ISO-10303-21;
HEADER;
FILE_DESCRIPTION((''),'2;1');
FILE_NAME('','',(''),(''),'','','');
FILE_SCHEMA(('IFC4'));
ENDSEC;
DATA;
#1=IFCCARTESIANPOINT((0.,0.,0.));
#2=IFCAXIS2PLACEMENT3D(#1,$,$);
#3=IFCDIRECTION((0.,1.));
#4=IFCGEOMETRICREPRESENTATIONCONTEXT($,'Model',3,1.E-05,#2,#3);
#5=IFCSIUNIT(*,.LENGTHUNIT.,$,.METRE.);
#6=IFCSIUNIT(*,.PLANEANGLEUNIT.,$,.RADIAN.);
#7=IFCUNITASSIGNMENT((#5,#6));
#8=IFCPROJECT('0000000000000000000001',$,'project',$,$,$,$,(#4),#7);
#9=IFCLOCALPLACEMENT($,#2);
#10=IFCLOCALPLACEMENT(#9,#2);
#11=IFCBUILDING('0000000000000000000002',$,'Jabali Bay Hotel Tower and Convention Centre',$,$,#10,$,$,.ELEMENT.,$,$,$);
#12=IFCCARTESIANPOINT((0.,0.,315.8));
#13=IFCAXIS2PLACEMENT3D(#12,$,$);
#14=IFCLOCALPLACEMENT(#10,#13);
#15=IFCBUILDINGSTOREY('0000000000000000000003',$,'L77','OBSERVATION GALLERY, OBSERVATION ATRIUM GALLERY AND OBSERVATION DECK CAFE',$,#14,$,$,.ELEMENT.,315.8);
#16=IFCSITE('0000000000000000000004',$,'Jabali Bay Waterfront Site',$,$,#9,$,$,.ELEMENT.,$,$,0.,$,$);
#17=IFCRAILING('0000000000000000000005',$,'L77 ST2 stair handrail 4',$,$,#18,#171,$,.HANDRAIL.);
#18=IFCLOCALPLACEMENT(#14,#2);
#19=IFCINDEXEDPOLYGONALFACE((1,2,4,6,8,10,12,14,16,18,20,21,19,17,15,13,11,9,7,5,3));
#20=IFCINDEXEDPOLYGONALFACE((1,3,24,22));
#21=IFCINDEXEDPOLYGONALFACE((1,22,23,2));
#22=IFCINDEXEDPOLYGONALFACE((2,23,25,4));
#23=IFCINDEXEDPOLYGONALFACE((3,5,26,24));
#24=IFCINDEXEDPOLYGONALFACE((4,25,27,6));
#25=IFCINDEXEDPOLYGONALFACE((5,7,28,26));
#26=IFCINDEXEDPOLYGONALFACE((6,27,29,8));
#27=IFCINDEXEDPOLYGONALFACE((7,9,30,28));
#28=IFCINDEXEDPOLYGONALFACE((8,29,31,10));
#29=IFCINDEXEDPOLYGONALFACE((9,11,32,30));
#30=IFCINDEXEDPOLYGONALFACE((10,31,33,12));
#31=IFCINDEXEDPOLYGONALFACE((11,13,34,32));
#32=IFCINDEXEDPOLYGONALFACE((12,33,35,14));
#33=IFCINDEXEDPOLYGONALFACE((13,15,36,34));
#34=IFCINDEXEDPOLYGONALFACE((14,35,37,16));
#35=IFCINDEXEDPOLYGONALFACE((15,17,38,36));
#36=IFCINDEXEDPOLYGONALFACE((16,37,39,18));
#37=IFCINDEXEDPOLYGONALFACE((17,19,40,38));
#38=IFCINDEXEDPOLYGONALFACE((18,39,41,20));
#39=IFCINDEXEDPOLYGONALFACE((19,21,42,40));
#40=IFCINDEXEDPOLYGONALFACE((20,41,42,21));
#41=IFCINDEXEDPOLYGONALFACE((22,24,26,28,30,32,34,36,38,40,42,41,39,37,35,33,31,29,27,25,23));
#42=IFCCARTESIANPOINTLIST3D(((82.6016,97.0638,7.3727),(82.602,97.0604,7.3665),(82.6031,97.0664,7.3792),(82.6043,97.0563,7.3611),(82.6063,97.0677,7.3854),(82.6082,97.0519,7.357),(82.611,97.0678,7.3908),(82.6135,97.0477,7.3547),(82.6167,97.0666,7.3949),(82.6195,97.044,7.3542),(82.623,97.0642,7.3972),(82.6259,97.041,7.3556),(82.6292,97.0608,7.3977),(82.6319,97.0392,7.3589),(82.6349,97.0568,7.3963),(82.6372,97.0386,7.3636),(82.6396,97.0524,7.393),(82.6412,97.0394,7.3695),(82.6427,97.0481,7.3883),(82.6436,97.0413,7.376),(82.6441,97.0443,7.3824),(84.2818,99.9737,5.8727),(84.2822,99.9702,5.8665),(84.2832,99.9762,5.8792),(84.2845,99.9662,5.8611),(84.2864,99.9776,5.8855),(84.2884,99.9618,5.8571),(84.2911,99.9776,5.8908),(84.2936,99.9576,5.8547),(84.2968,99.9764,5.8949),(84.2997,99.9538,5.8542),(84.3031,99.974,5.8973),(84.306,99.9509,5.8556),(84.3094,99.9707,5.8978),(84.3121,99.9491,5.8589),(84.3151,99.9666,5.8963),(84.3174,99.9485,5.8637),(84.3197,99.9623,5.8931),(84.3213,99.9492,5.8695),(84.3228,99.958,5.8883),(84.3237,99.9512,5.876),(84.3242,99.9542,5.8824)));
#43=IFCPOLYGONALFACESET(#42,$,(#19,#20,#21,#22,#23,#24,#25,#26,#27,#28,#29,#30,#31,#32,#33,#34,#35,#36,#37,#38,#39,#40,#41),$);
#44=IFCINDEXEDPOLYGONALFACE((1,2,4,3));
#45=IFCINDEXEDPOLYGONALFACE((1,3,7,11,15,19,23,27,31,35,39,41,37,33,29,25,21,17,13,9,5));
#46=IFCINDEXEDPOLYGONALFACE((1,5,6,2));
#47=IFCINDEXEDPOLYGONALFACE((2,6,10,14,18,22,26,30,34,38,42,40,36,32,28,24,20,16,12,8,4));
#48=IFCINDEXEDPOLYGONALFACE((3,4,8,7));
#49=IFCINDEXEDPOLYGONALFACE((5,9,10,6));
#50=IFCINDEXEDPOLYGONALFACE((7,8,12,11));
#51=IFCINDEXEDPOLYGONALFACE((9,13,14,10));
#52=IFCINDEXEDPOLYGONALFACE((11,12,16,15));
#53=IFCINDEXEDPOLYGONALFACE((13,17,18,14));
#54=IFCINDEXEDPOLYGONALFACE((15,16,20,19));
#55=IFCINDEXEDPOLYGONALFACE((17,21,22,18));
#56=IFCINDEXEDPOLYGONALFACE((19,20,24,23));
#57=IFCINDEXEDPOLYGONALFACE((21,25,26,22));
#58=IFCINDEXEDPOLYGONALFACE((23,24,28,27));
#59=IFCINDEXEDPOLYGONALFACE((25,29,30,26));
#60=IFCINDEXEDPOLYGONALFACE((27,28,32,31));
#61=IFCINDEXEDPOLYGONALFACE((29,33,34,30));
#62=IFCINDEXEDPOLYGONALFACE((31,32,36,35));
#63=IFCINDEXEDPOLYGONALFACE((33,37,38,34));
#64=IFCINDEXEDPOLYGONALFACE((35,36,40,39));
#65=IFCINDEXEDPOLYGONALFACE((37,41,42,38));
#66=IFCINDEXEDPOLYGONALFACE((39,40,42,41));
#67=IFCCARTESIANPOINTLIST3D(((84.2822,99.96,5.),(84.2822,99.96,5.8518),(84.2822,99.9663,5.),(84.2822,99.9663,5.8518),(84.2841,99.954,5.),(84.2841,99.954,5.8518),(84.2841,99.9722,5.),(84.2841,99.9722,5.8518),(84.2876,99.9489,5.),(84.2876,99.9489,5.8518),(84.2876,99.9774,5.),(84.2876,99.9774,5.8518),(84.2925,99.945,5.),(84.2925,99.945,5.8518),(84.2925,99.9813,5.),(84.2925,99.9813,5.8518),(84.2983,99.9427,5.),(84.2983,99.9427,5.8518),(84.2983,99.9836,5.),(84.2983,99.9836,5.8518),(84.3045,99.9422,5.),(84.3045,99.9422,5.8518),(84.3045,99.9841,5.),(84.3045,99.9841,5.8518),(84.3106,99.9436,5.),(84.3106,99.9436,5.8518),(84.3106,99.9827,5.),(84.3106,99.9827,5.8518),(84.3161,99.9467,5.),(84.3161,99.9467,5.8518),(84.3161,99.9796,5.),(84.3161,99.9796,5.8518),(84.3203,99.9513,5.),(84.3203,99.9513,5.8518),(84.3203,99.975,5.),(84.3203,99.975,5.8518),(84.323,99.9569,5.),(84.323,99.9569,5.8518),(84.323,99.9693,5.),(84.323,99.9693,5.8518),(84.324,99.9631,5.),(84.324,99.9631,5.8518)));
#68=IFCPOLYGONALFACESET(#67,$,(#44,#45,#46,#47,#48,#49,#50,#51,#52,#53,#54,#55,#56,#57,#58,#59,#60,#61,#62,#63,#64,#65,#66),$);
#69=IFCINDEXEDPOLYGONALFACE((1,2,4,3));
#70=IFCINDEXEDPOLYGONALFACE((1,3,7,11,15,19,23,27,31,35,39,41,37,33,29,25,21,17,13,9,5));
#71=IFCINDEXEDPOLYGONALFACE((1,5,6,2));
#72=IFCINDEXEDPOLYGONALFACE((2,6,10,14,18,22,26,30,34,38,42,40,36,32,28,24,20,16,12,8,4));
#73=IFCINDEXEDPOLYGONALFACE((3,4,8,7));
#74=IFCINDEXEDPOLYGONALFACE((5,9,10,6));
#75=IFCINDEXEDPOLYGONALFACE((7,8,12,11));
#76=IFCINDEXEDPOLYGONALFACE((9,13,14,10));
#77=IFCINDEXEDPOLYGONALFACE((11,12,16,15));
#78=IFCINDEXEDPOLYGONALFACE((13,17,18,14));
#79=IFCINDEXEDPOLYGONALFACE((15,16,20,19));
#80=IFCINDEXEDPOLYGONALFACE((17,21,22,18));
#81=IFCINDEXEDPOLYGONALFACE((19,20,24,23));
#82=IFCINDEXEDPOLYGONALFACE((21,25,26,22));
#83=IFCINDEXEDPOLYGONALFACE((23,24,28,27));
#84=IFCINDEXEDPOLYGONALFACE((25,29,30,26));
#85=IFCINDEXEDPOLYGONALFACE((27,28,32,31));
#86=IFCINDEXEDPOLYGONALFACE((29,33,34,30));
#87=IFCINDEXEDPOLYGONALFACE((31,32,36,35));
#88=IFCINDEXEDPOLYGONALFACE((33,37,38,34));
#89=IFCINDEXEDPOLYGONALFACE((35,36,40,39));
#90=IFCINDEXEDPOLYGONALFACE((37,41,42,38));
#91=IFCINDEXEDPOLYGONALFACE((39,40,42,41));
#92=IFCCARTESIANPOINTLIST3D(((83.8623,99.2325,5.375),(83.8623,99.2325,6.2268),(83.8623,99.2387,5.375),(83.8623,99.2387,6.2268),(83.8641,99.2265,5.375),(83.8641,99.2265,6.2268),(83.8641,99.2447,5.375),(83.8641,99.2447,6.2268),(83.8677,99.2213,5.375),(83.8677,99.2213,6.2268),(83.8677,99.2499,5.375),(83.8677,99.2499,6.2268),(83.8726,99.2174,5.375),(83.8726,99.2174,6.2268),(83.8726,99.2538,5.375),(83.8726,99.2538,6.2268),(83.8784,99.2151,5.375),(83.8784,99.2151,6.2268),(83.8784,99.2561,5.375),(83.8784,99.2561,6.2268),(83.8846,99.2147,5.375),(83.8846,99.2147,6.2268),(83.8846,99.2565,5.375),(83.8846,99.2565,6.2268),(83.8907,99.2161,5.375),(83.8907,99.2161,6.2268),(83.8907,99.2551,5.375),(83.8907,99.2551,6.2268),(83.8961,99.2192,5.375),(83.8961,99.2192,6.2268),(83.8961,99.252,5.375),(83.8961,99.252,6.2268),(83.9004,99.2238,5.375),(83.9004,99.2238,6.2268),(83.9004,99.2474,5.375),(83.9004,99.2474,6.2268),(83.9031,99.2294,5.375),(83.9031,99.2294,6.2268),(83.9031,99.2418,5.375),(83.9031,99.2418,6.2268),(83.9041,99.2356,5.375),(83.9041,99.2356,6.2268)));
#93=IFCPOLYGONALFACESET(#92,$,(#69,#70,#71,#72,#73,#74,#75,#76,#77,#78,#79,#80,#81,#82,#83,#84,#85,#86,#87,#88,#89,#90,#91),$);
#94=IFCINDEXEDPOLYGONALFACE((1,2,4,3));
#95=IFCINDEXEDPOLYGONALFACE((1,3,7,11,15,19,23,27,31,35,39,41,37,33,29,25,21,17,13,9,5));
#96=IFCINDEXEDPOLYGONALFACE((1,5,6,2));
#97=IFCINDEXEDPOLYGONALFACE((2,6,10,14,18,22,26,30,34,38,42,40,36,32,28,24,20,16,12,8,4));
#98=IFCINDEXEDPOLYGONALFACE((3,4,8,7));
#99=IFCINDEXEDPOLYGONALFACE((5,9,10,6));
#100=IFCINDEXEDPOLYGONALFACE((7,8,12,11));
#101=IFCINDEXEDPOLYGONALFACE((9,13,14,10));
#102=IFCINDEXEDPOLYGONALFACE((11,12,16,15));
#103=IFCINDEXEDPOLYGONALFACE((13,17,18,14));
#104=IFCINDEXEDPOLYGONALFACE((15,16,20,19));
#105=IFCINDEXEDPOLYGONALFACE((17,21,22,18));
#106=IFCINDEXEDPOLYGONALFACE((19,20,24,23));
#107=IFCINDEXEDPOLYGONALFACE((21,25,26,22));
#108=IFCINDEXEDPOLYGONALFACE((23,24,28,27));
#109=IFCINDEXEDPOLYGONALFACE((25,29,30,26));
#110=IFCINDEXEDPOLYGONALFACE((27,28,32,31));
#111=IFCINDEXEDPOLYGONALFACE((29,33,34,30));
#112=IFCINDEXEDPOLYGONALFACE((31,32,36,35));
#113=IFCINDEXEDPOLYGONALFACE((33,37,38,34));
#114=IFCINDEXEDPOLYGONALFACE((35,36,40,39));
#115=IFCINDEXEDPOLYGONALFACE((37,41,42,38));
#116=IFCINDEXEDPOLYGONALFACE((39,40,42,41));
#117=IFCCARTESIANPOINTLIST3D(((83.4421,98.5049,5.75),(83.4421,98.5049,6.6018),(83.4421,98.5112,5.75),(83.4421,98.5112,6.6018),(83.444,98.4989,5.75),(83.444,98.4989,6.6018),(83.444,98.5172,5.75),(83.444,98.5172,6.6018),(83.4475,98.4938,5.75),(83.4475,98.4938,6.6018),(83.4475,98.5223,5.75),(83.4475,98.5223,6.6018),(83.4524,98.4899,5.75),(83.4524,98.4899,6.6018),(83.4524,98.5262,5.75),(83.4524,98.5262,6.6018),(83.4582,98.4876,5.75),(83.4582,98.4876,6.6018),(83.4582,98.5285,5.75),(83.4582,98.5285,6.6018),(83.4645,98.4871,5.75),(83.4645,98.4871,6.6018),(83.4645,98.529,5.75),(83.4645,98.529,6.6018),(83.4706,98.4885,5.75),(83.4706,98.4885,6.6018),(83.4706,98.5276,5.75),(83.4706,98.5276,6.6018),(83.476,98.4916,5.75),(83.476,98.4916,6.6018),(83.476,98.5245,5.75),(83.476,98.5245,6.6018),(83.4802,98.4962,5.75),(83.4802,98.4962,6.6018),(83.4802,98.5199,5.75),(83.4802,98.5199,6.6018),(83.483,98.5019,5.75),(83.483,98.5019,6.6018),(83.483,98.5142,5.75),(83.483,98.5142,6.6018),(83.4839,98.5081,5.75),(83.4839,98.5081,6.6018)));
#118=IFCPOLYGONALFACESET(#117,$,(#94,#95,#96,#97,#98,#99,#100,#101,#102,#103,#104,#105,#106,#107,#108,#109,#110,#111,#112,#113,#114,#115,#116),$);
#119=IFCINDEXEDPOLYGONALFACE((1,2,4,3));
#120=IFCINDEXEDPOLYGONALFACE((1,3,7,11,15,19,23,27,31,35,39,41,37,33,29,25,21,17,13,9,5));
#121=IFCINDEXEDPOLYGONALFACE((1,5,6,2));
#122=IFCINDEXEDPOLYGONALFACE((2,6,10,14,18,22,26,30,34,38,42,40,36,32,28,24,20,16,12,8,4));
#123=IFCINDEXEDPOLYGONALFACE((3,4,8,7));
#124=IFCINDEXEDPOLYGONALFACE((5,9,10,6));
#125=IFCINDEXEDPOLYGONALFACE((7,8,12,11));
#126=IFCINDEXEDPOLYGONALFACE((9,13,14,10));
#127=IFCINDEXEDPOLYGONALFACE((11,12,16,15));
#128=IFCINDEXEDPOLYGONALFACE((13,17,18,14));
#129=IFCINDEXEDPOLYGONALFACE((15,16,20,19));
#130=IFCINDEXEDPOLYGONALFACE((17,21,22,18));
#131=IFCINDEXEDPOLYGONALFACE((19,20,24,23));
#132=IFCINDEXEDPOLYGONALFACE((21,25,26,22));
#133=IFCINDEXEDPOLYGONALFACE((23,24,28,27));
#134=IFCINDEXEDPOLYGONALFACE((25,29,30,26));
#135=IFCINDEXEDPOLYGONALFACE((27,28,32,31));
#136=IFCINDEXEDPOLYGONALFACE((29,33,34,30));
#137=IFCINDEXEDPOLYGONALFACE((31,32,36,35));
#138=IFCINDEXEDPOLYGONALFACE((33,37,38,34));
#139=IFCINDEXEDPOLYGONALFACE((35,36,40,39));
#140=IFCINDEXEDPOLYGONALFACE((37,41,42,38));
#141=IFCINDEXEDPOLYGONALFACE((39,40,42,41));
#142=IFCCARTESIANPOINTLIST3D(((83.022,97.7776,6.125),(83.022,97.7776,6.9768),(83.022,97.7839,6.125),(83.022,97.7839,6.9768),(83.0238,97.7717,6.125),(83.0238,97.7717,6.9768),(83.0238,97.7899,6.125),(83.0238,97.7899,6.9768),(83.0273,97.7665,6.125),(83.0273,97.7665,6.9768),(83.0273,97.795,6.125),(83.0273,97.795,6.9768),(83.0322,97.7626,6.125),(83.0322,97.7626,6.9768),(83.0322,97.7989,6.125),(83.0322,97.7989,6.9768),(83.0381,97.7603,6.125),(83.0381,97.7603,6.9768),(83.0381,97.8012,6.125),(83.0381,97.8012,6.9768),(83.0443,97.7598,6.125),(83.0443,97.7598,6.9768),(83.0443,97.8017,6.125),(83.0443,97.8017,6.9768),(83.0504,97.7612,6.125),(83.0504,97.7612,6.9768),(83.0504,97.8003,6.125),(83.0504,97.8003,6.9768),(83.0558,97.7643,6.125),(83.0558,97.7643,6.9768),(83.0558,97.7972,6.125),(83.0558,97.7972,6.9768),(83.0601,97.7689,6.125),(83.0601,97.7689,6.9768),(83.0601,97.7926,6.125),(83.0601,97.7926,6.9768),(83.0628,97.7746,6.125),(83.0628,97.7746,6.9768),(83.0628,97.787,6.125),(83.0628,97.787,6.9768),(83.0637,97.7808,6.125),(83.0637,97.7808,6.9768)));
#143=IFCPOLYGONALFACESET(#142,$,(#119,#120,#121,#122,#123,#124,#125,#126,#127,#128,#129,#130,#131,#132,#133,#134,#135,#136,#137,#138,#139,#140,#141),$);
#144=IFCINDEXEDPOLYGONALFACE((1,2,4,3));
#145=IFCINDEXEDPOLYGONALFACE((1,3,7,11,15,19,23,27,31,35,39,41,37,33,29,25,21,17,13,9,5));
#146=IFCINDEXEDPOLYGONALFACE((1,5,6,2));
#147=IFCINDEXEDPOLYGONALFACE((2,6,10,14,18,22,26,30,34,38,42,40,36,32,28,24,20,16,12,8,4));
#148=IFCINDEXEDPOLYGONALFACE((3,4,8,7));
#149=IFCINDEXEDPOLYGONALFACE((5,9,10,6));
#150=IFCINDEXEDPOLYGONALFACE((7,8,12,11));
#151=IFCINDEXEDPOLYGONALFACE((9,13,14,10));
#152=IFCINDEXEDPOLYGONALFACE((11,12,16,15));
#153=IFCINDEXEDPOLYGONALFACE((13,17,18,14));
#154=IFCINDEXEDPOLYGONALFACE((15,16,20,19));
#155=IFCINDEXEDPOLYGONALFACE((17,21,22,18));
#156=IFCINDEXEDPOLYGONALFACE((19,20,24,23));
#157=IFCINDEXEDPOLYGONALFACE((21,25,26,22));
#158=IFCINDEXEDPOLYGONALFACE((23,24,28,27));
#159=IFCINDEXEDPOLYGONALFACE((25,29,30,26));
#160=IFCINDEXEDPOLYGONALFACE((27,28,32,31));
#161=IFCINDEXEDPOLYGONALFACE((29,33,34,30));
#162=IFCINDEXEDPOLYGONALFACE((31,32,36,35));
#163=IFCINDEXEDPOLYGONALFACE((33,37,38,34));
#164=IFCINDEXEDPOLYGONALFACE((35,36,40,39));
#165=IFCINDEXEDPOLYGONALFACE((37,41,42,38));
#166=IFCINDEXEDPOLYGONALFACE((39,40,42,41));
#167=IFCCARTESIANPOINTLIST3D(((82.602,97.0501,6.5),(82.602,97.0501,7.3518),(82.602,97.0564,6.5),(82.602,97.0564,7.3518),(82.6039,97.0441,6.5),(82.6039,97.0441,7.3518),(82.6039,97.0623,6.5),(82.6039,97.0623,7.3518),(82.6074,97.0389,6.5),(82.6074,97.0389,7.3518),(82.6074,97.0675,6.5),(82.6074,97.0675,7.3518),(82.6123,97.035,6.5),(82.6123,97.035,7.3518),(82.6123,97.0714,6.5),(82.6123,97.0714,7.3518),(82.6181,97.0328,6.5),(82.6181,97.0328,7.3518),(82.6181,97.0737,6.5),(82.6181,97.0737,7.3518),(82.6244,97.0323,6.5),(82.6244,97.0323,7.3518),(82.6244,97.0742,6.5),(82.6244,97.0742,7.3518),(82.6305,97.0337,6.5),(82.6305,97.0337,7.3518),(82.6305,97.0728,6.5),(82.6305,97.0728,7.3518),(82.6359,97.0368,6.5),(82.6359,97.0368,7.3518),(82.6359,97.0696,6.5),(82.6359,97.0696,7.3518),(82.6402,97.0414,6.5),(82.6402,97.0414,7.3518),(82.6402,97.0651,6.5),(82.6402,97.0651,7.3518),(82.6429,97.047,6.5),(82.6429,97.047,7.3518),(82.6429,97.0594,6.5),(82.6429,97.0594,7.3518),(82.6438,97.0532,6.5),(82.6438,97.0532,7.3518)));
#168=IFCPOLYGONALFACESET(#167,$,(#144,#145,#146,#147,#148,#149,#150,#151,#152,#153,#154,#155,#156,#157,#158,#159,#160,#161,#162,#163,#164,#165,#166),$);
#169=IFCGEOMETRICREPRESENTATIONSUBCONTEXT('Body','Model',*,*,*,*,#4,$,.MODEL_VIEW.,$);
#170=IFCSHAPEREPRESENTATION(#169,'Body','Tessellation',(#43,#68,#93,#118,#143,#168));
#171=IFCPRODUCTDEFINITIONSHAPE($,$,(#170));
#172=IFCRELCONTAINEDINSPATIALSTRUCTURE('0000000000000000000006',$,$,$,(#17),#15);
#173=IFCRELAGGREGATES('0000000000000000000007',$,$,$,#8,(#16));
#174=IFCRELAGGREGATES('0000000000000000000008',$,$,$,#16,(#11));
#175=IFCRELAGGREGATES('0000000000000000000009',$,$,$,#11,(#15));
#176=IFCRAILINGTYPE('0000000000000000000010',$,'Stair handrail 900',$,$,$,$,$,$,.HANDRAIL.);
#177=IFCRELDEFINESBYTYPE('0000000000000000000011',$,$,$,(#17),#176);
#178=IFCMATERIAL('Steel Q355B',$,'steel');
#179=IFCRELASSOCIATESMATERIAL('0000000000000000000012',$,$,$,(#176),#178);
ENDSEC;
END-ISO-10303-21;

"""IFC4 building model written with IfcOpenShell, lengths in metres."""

from ifc_helpers import new_model, si_unit, direction, frame, origin, origin_2d, place, context, subcontext, project, spatial, circle, extrude, material, type_object, element, save


model = new_model("IFC4")

# Units and contexts
model_context = context("Model", 3, precision=1e-05, world=origin(), true_north=direction((0.0, 1.0)))
body_context = subcontext(model_context, "Body", "Model", "MODEL_VIEW")
ifc_project = project(units=[si_unit("LENGTHUNIT", "METRE"), si_unit("PLANEANGLEUNIT", "RADIAN")], contexts=[model_context])

# Site, building, storey
site_placement = place(None, origin())
site = spatial("IfcSite", under=ifc_project, at=site_placement, Name="Jabali Bay Waterfront Site", CompositionType="ELEMENT", RefElevation=0.0)
building_placement = place(site_placement, origin())
building = spatial("IfcBuilding", under=site, at=building_placement, Name="Jabali Bay Hotel Tower and Convention Centre", CompositionType="ELEMENT")
storey_placement = place(building_placement, frame((0.0, 0.0, 315.8)))
storey = spatial("IfcBuildingStorey", under=building, at=storey_placement, Name="L77", Description="OBSERVATION GALLERY, OBSERVATION ATRIUM GALLERY AND OBSERVATION DECK CAFE", CompositionType="ELEMENT", Elevation=315.8)

# Railing
ifc_material_1 = material(Name="Steel Q355B", Category="steel")
railing_type = type_object("IfcRailingType", Name="Stair handrail 900", PredefinedType="HANDRAIL", material=ifc_material_1)
for number, where, name in (
    (1, (84.303, 99.9631, 5.0), "L77 ST2 stair handrail 4"),
):
    element("IfcRailing", number, at=place(storey_placement, frame(where)), inside=storey, type_object=railing_type, Name=name, PredefinedType="HANDRAIL", context=body_context, shape_type="SweptSolid", body=[
        extrude(circle(Radius=0.0239, at=origin_2d()), frame((0.0, 0.0, 0.876), z_axis=(-0.4566, -0.79079, 0.407636), x_axis=(0.866008, -0.500031, 0.0)), (0.0, 0.0, 1.0), 3.6797),
        extrude(circle(Radius=0.021, at=origin_2d()), origin(), (0.0, 0.0, 1.0), 0.8518),
        extrude(circle(Radius=0.021, at=origin_2d()), frame((-0.4199, -0.7275, 0.375)), (0.0, 0.0, 1.0), 0.8518),
        extrude(circle(Radius=0.021, at=origin_2d()), frame((-0.8401, -1.4551, 0.75)), (0.0, 0.0, 1.0), 0.8518),
        extrude(circle(Radius=0.021, at=origin_2d()), frame((-1.2603, -2.1824, 1.125)), (0.0, 0.0, 1.0), 0.8518),
        extrude(circle(Radius=0.021, at=origin_2d()), frame((-1.6802, -2.9099, 1.5)), (0.0, 0.0, 1.0), 0.8518),
    ])

save(model, "model.ifc")
